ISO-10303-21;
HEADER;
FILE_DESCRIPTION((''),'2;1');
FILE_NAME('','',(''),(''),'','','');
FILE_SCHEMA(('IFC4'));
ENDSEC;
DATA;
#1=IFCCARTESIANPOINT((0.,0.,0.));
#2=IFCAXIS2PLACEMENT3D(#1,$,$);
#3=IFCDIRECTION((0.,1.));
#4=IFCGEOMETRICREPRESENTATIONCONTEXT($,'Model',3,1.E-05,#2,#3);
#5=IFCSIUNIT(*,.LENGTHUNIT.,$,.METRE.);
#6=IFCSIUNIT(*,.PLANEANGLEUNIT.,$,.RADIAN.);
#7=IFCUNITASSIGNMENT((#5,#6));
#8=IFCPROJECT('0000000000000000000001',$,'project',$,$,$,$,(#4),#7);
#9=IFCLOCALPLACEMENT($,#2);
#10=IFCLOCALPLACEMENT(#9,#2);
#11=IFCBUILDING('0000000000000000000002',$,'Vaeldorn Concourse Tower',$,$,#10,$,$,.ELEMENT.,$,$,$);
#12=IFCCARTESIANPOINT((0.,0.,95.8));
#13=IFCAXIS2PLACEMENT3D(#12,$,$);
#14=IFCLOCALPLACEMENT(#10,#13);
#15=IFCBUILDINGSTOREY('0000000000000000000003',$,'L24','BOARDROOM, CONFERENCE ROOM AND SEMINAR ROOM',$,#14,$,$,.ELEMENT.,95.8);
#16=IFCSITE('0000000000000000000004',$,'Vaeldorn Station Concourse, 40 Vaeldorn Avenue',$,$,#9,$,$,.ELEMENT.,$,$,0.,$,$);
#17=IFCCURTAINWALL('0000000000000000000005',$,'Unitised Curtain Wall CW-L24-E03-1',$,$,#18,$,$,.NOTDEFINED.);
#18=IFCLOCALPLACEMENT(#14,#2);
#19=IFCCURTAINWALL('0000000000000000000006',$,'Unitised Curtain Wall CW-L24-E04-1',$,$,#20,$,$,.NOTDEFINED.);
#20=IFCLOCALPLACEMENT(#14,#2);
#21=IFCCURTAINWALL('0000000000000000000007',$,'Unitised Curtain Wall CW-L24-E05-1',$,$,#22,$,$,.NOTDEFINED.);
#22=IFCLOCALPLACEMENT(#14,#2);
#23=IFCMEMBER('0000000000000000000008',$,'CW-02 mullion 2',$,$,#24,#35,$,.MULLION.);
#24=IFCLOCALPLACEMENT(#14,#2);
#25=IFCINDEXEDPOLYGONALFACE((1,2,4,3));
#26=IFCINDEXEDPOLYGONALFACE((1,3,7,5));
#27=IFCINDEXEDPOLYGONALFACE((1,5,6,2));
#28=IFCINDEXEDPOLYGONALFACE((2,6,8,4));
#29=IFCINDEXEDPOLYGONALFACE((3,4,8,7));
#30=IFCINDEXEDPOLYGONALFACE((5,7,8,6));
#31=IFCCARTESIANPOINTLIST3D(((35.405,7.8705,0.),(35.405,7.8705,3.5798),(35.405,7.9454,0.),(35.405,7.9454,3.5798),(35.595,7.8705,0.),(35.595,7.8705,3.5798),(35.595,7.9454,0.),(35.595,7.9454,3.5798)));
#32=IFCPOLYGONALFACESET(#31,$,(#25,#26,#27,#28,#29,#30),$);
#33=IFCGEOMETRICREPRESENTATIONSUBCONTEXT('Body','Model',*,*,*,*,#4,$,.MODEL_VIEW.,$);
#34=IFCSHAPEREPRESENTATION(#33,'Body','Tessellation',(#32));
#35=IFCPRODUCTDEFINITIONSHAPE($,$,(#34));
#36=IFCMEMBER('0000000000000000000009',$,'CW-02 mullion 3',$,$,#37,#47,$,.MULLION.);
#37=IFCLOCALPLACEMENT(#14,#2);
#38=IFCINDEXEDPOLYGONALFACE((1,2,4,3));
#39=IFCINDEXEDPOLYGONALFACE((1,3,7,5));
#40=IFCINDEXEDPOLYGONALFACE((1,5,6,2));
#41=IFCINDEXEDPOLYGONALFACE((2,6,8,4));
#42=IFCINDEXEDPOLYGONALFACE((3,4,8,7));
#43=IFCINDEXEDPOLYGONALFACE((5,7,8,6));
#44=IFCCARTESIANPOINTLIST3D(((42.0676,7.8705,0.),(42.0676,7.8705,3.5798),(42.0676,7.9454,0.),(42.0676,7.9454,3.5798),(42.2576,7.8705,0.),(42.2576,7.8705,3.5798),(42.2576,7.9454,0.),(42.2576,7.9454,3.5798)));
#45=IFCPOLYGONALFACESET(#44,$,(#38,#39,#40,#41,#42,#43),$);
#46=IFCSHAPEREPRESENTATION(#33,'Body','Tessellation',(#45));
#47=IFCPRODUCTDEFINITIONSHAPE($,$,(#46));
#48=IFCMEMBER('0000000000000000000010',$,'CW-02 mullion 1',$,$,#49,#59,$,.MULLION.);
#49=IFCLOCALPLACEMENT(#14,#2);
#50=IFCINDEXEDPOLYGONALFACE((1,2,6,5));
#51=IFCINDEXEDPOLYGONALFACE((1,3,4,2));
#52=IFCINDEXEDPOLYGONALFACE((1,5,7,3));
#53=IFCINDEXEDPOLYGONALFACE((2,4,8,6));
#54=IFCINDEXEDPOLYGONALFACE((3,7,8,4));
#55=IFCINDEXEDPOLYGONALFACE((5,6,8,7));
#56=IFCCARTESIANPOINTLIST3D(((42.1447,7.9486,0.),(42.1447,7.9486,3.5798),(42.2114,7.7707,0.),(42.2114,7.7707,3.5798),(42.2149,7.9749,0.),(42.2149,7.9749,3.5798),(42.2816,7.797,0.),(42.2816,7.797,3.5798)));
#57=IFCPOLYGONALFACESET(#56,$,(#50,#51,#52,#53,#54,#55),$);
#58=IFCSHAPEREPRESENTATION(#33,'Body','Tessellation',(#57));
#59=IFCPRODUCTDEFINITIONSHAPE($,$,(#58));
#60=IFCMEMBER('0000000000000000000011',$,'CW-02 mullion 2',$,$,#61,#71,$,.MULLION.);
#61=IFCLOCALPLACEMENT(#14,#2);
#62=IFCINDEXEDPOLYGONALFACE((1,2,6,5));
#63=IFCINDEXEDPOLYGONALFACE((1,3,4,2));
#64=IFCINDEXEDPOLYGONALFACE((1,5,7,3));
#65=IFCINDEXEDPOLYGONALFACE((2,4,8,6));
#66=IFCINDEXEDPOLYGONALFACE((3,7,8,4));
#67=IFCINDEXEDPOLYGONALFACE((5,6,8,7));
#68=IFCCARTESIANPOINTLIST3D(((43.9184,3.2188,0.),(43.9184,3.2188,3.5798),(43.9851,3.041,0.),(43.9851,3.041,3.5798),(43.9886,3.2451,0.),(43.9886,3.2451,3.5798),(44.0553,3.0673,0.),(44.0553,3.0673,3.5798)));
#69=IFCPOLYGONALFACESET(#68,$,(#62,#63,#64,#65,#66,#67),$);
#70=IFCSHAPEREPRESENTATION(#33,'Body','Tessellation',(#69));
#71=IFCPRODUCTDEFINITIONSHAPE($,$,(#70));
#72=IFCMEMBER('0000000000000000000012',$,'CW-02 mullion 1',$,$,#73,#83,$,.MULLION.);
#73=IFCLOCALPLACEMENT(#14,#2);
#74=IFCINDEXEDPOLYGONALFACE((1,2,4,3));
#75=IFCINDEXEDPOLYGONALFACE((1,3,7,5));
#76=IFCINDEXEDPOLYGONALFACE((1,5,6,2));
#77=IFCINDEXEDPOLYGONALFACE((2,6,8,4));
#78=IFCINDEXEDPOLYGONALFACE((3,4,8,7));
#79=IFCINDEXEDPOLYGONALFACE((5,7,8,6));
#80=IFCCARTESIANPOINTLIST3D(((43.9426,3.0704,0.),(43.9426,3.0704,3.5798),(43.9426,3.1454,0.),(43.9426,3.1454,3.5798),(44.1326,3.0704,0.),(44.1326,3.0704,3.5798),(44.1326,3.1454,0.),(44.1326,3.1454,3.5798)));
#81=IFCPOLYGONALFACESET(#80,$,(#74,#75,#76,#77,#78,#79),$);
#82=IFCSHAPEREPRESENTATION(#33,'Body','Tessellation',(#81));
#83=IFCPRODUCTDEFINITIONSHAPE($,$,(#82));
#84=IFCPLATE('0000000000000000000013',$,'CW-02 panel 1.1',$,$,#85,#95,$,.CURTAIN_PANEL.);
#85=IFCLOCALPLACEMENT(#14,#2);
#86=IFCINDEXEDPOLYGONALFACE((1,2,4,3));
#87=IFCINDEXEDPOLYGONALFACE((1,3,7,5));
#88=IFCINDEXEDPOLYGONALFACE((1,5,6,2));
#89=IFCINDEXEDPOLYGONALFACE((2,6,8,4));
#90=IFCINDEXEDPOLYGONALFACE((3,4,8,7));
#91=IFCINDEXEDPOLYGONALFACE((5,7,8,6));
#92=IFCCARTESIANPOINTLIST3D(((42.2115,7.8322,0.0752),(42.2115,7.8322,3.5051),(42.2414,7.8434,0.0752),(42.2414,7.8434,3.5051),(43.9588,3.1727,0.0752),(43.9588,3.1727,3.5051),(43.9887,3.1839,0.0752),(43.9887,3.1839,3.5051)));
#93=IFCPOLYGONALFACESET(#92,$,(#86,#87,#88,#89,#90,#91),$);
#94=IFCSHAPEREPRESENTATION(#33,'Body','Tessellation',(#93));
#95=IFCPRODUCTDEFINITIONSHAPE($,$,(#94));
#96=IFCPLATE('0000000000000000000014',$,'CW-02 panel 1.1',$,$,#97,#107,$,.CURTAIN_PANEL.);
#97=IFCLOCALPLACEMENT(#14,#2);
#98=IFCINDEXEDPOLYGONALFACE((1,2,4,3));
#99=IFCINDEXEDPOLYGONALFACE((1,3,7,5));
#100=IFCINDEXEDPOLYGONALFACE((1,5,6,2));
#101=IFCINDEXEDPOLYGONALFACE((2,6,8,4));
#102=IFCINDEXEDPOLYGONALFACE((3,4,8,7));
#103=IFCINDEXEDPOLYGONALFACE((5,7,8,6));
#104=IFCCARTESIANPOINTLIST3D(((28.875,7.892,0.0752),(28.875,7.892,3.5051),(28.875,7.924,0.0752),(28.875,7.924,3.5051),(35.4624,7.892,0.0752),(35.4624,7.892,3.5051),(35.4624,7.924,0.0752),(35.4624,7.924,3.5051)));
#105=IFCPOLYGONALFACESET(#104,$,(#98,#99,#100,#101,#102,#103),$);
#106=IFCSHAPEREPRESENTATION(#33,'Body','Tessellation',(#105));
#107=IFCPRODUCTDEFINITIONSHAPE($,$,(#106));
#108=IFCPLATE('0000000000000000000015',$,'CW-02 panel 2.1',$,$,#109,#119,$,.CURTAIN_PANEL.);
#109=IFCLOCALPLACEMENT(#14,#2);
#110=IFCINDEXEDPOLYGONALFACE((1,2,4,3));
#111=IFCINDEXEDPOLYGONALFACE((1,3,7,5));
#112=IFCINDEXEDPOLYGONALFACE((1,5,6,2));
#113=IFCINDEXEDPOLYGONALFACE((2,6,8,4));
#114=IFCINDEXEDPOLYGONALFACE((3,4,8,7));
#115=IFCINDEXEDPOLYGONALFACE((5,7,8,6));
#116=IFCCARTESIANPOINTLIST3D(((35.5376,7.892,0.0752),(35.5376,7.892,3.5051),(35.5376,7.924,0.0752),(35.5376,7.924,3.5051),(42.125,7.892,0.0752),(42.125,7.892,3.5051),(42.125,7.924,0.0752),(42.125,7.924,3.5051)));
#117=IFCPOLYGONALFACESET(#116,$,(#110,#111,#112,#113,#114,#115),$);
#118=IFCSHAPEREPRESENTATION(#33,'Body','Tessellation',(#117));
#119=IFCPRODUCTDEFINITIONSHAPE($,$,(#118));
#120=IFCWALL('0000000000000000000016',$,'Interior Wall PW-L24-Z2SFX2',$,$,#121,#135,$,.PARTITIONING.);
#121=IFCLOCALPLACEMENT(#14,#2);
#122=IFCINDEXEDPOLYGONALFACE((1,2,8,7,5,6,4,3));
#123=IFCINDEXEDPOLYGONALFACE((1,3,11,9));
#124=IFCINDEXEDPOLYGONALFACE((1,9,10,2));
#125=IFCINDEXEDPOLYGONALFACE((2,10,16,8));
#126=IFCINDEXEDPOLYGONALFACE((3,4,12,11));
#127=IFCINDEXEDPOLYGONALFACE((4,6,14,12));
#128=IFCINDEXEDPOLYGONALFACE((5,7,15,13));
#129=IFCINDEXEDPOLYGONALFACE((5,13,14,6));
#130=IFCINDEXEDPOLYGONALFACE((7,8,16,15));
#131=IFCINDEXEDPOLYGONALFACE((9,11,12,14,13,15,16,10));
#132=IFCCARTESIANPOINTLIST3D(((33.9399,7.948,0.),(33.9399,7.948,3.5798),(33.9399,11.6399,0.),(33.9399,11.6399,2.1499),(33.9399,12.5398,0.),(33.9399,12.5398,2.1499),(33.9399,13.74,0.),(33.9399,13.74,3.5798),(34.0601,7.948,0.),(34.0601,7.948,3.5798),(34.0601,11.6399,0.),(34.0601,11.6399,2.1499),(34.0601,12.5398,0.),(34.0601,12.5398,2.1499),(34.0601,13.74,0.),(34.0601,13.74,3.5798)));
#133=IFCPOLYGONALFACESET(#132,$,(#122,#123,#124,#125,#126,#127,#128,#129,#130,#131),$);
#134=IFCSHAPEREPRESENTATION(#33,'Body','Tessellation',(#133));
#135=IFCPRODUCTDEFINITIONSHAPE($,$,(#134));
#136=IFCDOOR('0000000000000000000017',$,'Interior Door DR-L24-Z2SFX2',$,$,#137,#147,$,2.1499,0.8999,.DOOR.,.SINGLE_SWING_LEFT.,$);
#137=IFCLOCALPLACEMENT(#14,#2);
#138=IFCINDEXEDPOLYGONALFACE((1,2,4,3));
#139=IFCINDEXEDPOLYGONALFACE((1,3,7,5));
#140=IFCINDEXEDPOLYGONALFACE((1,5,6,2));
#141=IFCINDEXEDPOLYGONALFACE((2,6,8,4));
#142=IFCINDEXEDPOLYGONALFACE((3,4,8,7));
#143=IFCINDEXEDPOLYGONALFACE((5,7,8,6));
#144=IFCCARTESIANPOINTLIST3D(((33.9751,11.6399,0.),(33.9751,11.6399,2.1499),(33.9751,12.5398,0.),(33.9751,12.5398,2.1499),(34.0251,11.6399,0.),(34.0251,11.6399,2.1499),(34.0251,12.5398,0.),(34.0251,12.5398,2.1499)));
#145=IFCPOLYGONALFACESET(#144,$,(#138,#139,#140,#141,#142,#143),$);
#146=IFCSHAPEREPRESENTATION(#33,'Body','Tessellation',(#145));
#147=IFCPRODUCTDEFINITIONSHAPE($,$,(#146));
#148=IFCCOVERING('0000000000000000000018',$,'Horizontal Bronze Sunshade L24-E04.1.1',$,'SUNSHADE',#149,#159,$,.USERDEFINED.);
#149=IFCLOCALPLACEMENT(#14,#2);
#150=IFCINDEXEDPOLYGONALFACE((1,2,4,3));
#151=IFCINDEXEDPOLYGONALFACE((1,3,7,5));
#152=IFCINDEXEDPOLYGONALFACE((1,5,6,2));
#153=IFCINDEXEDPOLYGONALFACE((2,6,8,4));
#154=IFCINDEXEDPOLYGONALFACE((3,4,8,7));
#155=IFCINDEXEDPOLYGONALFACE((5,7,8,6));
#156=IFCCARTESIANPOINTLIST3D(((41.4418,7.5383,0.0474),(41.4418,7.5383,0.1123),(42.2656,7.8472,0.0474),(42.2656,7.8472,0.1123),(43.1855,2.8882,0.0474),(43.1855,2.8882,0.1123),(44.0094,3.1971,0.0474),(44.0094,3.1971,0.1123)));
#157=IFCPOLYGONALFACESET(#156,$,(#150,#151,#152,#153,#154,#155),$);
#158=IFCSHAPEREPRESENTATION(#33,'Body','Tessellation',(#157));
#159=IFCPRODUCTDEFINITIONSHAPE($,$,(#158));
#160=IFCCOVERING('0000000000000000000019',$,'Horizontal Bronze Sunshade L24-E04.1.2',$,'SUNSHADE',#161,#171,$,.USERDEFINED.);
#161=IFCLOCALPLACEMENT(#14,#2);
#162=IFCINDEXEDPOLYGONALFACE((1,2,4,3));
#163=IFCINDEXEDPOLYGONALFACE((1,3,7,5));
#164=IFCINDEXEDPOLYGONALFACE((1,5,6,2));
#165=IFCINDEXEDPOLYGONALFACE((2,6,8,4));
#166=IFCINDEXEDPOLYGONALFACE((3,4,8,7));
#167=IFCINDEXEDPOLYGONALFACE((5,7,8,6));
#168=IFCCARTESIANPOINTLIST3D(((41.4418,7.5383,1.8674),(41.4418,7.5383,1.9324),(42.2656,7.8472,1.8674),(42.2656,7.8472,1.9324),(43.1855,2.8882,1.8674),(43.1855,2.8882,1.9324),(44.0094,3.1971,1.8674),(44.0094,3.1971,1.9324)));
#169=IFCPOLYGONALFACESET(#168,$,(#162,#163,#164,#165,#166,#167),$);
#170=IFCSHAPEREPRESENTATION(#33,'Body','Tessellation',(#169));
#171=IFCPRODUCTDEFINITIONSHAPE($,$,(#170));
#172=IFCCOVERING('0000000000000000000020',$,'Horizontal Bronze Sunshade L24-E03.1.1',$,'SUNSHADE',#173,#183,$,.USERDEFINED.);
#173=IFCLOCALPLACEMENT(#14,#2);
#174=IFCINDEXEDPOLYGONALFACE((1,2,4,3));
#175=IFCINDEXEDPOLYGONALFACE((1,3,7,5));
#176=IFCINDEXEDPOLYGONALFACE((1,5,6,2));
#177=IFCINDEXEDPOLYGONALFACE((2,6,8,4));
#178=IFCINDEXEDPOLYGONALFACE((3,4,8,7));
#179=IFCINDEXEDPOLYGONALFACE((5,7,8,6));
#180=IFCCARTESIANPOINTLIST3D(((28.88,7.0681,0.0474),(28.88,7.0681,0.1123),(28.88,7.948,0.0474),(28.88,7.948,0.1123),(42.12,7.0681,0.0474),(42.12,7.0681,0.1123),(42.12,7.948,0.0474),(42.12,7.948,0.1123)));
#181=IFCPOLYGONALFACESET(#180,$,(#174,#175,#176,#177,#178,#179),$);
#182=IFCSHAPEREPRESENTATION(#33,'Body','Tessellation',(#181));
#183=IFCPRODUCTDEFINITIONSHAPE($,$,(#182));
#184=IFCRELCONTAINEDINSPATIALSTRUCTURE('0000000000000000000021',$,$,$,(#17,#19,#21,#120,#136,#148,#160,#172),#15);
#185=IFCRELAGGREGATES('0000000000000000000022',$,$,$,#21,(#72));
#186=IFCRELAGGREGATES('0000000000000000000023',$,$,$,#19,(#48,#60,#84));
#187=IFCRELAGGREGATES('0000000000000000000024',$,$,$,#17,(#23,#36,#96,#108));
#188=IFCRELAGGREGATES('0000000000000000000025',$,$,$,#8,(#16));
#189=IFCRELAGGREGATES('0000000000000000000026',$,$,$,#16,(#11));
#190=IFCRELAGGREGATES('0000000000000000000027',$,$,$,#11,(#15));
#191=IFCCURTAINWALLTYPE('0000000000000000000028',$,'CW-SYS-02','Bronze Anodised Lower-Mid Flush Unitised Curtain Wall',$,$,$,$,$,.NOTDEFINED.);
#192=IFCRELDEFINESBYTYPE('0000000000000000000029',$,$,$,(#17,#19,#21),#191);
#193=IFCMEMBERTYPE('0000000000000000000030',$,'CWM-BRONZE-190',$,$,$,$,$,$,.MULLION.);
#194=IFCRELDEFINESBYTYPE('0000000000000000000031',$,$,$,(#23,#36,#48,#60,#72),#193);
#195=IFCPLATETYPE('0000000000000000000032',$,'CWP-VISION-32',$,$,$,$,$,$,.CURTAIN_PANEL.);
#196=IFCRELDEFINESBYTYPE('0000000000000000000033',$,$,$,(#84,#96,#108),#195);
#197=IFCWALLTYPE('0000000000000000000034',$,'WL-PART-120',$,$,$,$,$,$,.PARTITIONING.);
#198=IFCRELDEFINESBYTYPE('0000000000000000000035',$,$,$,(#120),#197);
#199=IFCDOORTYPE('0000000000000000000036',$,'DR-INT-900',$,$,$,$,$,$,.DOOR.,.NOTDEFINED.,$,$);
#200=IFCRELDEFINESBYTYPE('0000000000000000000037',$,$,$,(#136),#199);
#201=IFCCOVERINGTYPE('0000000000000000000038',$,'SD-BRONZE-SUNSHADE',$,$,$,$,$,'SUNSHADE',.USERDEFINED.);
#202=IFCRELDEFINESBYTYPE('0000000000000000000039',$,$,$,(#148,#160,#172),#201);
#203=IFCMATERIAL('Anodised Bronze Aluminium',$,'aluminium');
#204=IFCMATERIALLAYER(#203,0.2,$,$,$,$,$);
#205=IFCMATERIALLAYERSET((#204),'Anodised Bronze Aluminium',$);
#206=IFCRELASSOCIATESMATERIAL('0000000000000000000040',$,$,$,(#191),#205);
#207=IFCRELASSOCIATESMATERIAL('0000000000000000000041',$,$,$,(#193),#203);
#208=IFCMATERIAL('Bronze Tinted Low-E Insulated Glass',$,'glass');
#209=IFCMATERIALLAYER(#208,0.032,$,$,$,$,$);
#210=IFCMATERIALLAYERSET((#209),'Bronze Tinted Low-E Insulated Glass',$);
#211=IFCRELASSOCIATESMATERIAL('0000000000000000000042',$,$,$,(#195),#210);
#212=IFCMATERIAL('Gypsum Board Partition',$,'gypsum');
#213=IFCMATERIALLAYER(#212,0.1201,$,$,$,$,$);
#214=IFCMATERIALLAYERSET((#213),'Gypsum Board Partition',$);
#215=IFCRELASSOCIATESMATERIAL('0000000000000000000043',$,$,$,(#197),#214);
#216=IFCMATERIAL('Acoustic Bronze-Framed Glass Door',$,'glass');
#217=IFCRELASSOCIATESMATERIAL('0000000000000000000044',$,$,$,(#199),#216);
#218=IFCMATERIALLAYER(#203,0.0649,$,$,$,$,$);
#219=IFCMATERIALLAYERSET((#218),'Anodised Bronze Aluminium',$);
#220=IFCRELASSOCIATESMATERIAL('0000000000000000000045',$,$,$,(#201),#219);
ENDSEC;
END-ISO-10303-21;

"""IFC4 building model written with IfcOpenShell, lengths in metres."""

from ifc_helpers import new_model, si_unit, direction, frame, frame_2d, origin, origin_2d, place, context, subcontext, project, spatial, rectangle, extrude, source, transform, mapped, material, layer, layer_set, material_profile, profile_set, type_object, element, fill, aggregate, save


model = new_model("IFC4")

# Units and contexts
model_context = context("Model", 3, precision=1e-05, world=origin(), true_north=direction((0.0, 1.0)))
body_context = subcontext(model_context, "Body", "Model", "MODEL_VIEW")
ifc_project = project(units=[si_unit("LENGTHUNIT", "METRE"), si_unit("PLANEANGLEUNIT", "RADIAN")], contexts=[model_context])

# Site, building, storey
site_placement = place(None, origin())
site = spatial("IfcSite", under=ifc_project, at=site_placement, Name="Vaeldorn Station Concourse, 40 Vaeldorn Avenue", CompositionType="ELEMENT", RefElevation=0.0)
building_placement = place(site_placement, origin())
building = spatial("IfcBuilding", under=site, at=building_placement, Name="Vaeldorn Concourse Tower", CompositionType="ELEMENT")
storey_placement = place(building_placement, frame((0.0, 0.0, 95.8)))
storey = spatial("IfcBuildingStorey", under=building, at=storey_placement, Name="L24", Description="BOARDROOM, CONFERENCE ROOM AND SEMINAR ROOM", CompositionType="ELEMENT", Elevation=95.8)

# Curtain walls
ifc_material_1 = material(Name="Anodised Bronze Aluminium", Category="aluminium")
ifc_layer_1 = layer(ifc_material_1, 0.2)
ifc_layer_set_1 = layer_set([ifc_layer_1], Name="Anodised Bronze Aluminium")
curtain_wall_type = type_object("IfcCurtainWallType", Name="CW-SYS-02", Description="Bronze Anodised Lower-Mid Flush Unitised Curtain Wall", PredefinedType="NOTDEFINED", material=ifc_layer_set_1)
curtain_wall_1_placement = place(storey_placement, origin())
curtain_wall_1 = element("IfcCurtainWall", 1, at=curtain_wall_1_placement, inside=storey, type_object=curtain_wall_type, Name="Unitised Curtain Wall CW-L24-E03-1", PredefinedType="NOTDEFINED")
curtain_wall_2_placement = place(storey_placement, origin())
curtain_wall_2 = element("IfcCurtainWall", 2, at=curtain_wall_2_placement, inside=storey, type_object=curtain_wall_type, Name="Unitised Curtain Wall CW-L24-E04-1", PredefinedType="NOTDEFINED")
curtain_wall_3_placement = place(storey_placement, origin())
curtain_wall_3 = element("IfcCurtainWall", 3, at=curtain_wall_3_placement, inside=storey, type_object=curtain_wall_type, Name="Unitised Curtain Wall CW-L24-E05-1", PredefinedType="NOTDEFINED")

# Members
ifc_material_profile_1 = material_profile(ifc_material_1, rectangle(XDim=0.075, YDim=0.1899, at=origin_2d()), Name="CWM 75x190")
ifc_profile_set_1 = profile_set([ifc_material_profile_1], Name="Anodised Bronze Aluminium")
member_type_1 = type_object("IfcMemberType", Name="CWM-BRONZE-190", PredefinedType="MULLION", material=ifc_profile_set_1)
shared_shape_1 = source(origin(), body_context, "Body", "SweptSolid", [
    extrude(rectangle(XDim=0.075, YDim=0.1899, at=origin_2d()), origin(), (0.0, 0.0, 1.0), 3.5798),
])
member_1_placement = place(storey_placement, frame((35.5, 7.908, 0.0), z_axis=(0.0, 0.0, 1.0), x_axis=(0.0, 1.0, 0.0)))
member_1 = element("IfcMember", 4, at=member_1_placement, type_object=member_type_1, Name="CW-02 mullion 2", PredefinedType="MULLION", context=body_context, shape_type="MappedRepresentation", body=[
    mapped(shared_shape_1, transform((0.0, 0.0, 0.0), scale=1.0)),
])
member_2_placement = place(storey_placement, frame((42.1626, 7.908, 0.0), z_axis=(0.0, 0.0, 1.0), x_axis=(0.0, 1.0, 0.0)))
member_2 = element("IfcMember", 5, at=member_2_placement, type_object=member_type_1, Name="CW-02 mullion 3", PredefinedType="MULLION", context=body_context, shape_type="MappedRepresentation", body=[
    mapped(shared_shape_1, transform((0.0, 0.0, 0.0), scale=1.0)),
])
member_3_placement = place(storey_placement, frame((42.2131, 7.8728, 0.0), z_axis=(0.0, 0.0, 1.0), x_axis=(0.936329, 0.351123, 0.0)))
member_3 = element("IfcMember", 6, at=member_3_placement, type_object=member_type_1, Name="CW-02 mullion 1", PredefinedType="MULLION", context=body_context, shape_type="MappedRepresentation", body=[
    mapped(shared_shape_1, transform((0.0, 0.0, 0.0), scale=1.0)),
])
member_4_placement = place(storey_placement, frame((43.9868, 3.1431, 0.0), z_axis=(0.0, 0.0, 1.0), x_axis=(0.936329, 0.351123, 0.0)))
member_4 = element("IfcMember", 7, at=member_4_placement, type_object=member_type_1, Name="CW-02 mullion 2", PredefinedType="MULLION", context=body_context, shape_type="MappedRepresentation", body=[
    mapped(shared_shape_1, transform((0.0, 0.0, 0.0), scale=1.0)),
])
member_5_placement = place(storey_placement, frame((44.0376, 3.1079, 0.0), z_axis=(0.0, 0.0, 1.0), x_axis=(0.0, 1.0, 0.0)))
member_5 = element("IfcMember", 8, at=member_5_placement, type_object=member_type_1, Name="CW-02 mullion 1", PredefinedType="MULLION", context=body_context, shape_type="MappedRepresentation", body=[
    mapped(shared_shape_1, transform((0.0, 0.0, 0.0), scale=1.0)),
])
aggregate(curtain_wall_3, [member_5])

# Plates
ifc_material_2 = material(Name="Bronze Tinted Low-E Insulated Glass", Category="glass")
ifc_layer_2 = layer(ifc_material_2, 0.032)
ifc_layer_set_2 = layer_set([ifc_layer_2], Name="Bronze Tinted Low-E Insulated Glass")
plate_type = type_object("IfcPlateType", Name="CWP-VISION-32", PredefinedType="CURTAIN_PANEL", material=ifc_layer_set_2)
shared_shape_2 = source(origin(), body_context, "Body", "SweptSolid", [
    extrude(rectangle(XDim=4.9763, YDim=0.032, at=origin_2d()), origin(), (0.0, 0.0, 1.0), 3.4299),
])
plate_1_placement = place(storey_placement, frame((43.1001, 5.5081, 0.0752), z_axis=(0.0, 0.0, 1.0), x_axis=(0.351123, -0.936329, 0.0)))
plate_1 = element("IfcPlate", 9, at=plate_1_placement, type_object=plate_type, Name="CW-02 panel 1.1", PredefinedType="CURTAIN_PANEL", context=body_context, shape_type="MappedRepresentation", body=[
    mapped(shared_shape_2, transform((0.0, 0.0, 0.0), scale=1.0)),
])
aggregate(curtain_wall_2, [member_3, member_4, plate_1])
shared_shape_3 = source(origin(), body_context, "Body", "SweptSolid", [
    extrude(rectangle(XDim=6.5874, YDim=0.032, at=origin_2d()), origin(), (0.0, 0.0, 1.0), 3.4299),
])
plate_2_placement = place(storey_placement, frame((32.1687, 7.908, 0.0752), z_axis=(0.0, 0.0, 1.0), x_axis=(1.0, 0.0, 0.0)))
plate_2 = element("IfcPlate", 10, at=plate_2_placement, type_object=plate_type, Name="CW-02 panel 1.1", PredefinedType="CURTAIN_PANEL", context=body_context, shape_type="MappedRepresentation", body=[
    mapped(shared_shape_3, transform((0.0, 0.0, 0.0), scale=1.0)),
])
plate_3_placement = place(storey_placement, frame((38.8313, 7.908, 0.0752), z_axis=(0.0, 0.0, 1.0), x_axis=(1.0, 0.0, 0.0)))
plate_3 = element("IfcPlate", 11, at=plate_3_placement, type_object=plate_type, Name="CW-02 panel 2.1", PredefinedType="CURTAIN_PANEL", context=body_context, shape_type="MappedRepresentation", body=[
    mapped(shared_shape_3, transform((0.0, 0.0, 0.0), scale=1.0)),
])
aggregate(curtain_wall_1, [member_1, member_2, plate_2, plate_3])

# Wall, opening, door
ifc_material_3 = material(Name="Gypsum Board Partition", Category="gypsum")
ifc_layer_3 = layer(ifc_material_3, 0.1201)
ifc_layer_set_3 = layer_set([ifc_layer_3], Name="Gypsum Board Partition")
wall_type = type_object("IfcWallType", Name="WL-PART-120", PredefinedType="PARTITIONING", material=ifc_layer_set_3)
wall_placement = place(storey_placement, frame((34.0, 7.948, 0.0), z_axis=(0.0, 0.0, 1.0), x_axis=(0.0, 1.0, 0.0)))
wall = element("IfcWall", 12, at=wall_placement, inside=storey, type_object=wall_type, Name="Interior Wall PW-L24-Z2SFX2", PredefinedType="PARTITIONING", context=body_context, shape_type="SweptSolid", body=[
    extrude(rectangle(XDim=5.792, YDim=0.1201, at=frame_2d((2.896, 0.0))), origin(), (0.0, 0.0, 1.0), 3.5798),
])
opening_placement = place(wall_placement, frame((3.6919, 0.0, 0.0)))
opening = element("IfcOpeningElement", 13, at=opening_placement, cuts=wall, PredefinedType="OPENING", context=body_context, shape_type="SweptSolid", body=[
    extrude(rectangle(XDim=0.8999, YDim=2.1499, at=frame_2d((0.45, 1.075))), frame((0.0, 0.0701, 0.0), z_axis=(0.0, -1.0, 0.0), x_axis=(1.0, 0.0, 0.0)), (0.0, 0.0, 1.0), 0.1401),
])
ifc_material_4 = material(Name="Acoustic Bronze-Framed Glass Door", Category="glass")
door_type = type_object("IfcDoorType", Name="DR-INT-900", OperationType="NOTDEFINED", PredefinedType="DOOR", material=ifc_material_4)
shared_shape_4 = source(origin(), body_context, "Body", "SweptSolid", [
    extrude(rectangle(XDim=0.8999, YDim=2.1499, at=frame_2d((0.45, 1.075))), frame((0.0, 0.0249, 0.0), z_axis=(0.0, -1.0, 0.0), x_axis=(1.0, 0.0, 0.0)), (0.0, 0.0, 1.0), 0.05),
])
door_placement = place(opening_placement, origin())
door = element("IfcDoor", 14, at=door_placement, inside=storey, type_object=door_type, Name="Interior Door DR-L24-Z2SFX2", OperationType="SINGLE_SWING_LEFT", OverallHeight=2.1499, OverallWidth=0.8999, PredefinedType="DOOR", context=body_context, shape_type="MappedRepresentation", body=[
    mapped(shared_shape_4, transform((0.0, 0.0, 0.0), scale=1.0)),
])
fill(opening, door)

# Coverings
ifc_layer_4 = layer(ifc_material_1, 0.0649)
ifc_layer_set_4 = layer_set([ifc_layer_4], Name="Anodised Bronze Aluminium")
covering_type = type_object("IfcCoveringType", Name="SD-BRONZE-SUNSHADE", ElementType="SUNSHADE", PredefinedType="USERDEFINED", material=ifc_layer_set_4)
shared_shape_5 = source(origin(), body_context, "Body", "SweptSolid", [
    extrude(rectangle(XDim=4.9663, YDim=0.8799, at=origin_2d()), origin(), (0.0, 0.0, 1.0), 0.0649),
])
for number, where, z_axis, x_axis, name in (
    (15, (42.7256, 5.3677, 0.0474), (0.0, 0.0, 1.0), (0.351123, -0.936329, 0.0), "Horizontal Bronze Sunshade L24-E04.1.1"),
    (16, (42.7256, 5.3677, 1.8674), (0.0, 0.0, 1.0), (0.351123, -0.936329, 0.0), "Horizontal Bronze Sunshade L24-E04.1.2"),
):
    element("IfcCovering", number, at=place(storey_placement, frame(where, z_axis=z_axis, x_axis=x_axis)), inside=storey, type_object=covering_type, Name=name, ObjectType="SUNSHADE", PredefinedType="USERDEFINED", context=body_context, shape_type="MappedRepresentation", body=[
        mapped(shared_shape_5, transform((0.0, 0.0, 0.0), scale=1.0)),
    ])
shared_shape_6 = source(origin(), body_context, "Body", "SweptSolid", [
    extrude(rectangle(XDim=13.24, YDim=0.8799, at=origin_2d()), origin(), (0.0, 0.0, 1.0), 0.0649),
])
for number, where, z_axis, x_axis, name in (
    (17, (35.5, 7.5081, 0.0474), (0.0, 0.0, 1.0), (1.0, 0.0, 0.0), "Horizontal Bronze Sunshade L24-E03.1.1"),
):
    element("IfcCovering", number, at=place(storey_placement, frame(where, z_axis=z_axis, x_axis=x_axis)), inside=storey, type_object=covering_type, Name=name, ObjectType="SUNSHADE", PredefinedType="USERDEFINED", context=body_context, shape_type="MappedRepresentation", body=[
        mapped(shared_shape_6, transform((0.0, 0.0, 0.0), scale=1.0)),
    ])

save(model, "model.ifc")
